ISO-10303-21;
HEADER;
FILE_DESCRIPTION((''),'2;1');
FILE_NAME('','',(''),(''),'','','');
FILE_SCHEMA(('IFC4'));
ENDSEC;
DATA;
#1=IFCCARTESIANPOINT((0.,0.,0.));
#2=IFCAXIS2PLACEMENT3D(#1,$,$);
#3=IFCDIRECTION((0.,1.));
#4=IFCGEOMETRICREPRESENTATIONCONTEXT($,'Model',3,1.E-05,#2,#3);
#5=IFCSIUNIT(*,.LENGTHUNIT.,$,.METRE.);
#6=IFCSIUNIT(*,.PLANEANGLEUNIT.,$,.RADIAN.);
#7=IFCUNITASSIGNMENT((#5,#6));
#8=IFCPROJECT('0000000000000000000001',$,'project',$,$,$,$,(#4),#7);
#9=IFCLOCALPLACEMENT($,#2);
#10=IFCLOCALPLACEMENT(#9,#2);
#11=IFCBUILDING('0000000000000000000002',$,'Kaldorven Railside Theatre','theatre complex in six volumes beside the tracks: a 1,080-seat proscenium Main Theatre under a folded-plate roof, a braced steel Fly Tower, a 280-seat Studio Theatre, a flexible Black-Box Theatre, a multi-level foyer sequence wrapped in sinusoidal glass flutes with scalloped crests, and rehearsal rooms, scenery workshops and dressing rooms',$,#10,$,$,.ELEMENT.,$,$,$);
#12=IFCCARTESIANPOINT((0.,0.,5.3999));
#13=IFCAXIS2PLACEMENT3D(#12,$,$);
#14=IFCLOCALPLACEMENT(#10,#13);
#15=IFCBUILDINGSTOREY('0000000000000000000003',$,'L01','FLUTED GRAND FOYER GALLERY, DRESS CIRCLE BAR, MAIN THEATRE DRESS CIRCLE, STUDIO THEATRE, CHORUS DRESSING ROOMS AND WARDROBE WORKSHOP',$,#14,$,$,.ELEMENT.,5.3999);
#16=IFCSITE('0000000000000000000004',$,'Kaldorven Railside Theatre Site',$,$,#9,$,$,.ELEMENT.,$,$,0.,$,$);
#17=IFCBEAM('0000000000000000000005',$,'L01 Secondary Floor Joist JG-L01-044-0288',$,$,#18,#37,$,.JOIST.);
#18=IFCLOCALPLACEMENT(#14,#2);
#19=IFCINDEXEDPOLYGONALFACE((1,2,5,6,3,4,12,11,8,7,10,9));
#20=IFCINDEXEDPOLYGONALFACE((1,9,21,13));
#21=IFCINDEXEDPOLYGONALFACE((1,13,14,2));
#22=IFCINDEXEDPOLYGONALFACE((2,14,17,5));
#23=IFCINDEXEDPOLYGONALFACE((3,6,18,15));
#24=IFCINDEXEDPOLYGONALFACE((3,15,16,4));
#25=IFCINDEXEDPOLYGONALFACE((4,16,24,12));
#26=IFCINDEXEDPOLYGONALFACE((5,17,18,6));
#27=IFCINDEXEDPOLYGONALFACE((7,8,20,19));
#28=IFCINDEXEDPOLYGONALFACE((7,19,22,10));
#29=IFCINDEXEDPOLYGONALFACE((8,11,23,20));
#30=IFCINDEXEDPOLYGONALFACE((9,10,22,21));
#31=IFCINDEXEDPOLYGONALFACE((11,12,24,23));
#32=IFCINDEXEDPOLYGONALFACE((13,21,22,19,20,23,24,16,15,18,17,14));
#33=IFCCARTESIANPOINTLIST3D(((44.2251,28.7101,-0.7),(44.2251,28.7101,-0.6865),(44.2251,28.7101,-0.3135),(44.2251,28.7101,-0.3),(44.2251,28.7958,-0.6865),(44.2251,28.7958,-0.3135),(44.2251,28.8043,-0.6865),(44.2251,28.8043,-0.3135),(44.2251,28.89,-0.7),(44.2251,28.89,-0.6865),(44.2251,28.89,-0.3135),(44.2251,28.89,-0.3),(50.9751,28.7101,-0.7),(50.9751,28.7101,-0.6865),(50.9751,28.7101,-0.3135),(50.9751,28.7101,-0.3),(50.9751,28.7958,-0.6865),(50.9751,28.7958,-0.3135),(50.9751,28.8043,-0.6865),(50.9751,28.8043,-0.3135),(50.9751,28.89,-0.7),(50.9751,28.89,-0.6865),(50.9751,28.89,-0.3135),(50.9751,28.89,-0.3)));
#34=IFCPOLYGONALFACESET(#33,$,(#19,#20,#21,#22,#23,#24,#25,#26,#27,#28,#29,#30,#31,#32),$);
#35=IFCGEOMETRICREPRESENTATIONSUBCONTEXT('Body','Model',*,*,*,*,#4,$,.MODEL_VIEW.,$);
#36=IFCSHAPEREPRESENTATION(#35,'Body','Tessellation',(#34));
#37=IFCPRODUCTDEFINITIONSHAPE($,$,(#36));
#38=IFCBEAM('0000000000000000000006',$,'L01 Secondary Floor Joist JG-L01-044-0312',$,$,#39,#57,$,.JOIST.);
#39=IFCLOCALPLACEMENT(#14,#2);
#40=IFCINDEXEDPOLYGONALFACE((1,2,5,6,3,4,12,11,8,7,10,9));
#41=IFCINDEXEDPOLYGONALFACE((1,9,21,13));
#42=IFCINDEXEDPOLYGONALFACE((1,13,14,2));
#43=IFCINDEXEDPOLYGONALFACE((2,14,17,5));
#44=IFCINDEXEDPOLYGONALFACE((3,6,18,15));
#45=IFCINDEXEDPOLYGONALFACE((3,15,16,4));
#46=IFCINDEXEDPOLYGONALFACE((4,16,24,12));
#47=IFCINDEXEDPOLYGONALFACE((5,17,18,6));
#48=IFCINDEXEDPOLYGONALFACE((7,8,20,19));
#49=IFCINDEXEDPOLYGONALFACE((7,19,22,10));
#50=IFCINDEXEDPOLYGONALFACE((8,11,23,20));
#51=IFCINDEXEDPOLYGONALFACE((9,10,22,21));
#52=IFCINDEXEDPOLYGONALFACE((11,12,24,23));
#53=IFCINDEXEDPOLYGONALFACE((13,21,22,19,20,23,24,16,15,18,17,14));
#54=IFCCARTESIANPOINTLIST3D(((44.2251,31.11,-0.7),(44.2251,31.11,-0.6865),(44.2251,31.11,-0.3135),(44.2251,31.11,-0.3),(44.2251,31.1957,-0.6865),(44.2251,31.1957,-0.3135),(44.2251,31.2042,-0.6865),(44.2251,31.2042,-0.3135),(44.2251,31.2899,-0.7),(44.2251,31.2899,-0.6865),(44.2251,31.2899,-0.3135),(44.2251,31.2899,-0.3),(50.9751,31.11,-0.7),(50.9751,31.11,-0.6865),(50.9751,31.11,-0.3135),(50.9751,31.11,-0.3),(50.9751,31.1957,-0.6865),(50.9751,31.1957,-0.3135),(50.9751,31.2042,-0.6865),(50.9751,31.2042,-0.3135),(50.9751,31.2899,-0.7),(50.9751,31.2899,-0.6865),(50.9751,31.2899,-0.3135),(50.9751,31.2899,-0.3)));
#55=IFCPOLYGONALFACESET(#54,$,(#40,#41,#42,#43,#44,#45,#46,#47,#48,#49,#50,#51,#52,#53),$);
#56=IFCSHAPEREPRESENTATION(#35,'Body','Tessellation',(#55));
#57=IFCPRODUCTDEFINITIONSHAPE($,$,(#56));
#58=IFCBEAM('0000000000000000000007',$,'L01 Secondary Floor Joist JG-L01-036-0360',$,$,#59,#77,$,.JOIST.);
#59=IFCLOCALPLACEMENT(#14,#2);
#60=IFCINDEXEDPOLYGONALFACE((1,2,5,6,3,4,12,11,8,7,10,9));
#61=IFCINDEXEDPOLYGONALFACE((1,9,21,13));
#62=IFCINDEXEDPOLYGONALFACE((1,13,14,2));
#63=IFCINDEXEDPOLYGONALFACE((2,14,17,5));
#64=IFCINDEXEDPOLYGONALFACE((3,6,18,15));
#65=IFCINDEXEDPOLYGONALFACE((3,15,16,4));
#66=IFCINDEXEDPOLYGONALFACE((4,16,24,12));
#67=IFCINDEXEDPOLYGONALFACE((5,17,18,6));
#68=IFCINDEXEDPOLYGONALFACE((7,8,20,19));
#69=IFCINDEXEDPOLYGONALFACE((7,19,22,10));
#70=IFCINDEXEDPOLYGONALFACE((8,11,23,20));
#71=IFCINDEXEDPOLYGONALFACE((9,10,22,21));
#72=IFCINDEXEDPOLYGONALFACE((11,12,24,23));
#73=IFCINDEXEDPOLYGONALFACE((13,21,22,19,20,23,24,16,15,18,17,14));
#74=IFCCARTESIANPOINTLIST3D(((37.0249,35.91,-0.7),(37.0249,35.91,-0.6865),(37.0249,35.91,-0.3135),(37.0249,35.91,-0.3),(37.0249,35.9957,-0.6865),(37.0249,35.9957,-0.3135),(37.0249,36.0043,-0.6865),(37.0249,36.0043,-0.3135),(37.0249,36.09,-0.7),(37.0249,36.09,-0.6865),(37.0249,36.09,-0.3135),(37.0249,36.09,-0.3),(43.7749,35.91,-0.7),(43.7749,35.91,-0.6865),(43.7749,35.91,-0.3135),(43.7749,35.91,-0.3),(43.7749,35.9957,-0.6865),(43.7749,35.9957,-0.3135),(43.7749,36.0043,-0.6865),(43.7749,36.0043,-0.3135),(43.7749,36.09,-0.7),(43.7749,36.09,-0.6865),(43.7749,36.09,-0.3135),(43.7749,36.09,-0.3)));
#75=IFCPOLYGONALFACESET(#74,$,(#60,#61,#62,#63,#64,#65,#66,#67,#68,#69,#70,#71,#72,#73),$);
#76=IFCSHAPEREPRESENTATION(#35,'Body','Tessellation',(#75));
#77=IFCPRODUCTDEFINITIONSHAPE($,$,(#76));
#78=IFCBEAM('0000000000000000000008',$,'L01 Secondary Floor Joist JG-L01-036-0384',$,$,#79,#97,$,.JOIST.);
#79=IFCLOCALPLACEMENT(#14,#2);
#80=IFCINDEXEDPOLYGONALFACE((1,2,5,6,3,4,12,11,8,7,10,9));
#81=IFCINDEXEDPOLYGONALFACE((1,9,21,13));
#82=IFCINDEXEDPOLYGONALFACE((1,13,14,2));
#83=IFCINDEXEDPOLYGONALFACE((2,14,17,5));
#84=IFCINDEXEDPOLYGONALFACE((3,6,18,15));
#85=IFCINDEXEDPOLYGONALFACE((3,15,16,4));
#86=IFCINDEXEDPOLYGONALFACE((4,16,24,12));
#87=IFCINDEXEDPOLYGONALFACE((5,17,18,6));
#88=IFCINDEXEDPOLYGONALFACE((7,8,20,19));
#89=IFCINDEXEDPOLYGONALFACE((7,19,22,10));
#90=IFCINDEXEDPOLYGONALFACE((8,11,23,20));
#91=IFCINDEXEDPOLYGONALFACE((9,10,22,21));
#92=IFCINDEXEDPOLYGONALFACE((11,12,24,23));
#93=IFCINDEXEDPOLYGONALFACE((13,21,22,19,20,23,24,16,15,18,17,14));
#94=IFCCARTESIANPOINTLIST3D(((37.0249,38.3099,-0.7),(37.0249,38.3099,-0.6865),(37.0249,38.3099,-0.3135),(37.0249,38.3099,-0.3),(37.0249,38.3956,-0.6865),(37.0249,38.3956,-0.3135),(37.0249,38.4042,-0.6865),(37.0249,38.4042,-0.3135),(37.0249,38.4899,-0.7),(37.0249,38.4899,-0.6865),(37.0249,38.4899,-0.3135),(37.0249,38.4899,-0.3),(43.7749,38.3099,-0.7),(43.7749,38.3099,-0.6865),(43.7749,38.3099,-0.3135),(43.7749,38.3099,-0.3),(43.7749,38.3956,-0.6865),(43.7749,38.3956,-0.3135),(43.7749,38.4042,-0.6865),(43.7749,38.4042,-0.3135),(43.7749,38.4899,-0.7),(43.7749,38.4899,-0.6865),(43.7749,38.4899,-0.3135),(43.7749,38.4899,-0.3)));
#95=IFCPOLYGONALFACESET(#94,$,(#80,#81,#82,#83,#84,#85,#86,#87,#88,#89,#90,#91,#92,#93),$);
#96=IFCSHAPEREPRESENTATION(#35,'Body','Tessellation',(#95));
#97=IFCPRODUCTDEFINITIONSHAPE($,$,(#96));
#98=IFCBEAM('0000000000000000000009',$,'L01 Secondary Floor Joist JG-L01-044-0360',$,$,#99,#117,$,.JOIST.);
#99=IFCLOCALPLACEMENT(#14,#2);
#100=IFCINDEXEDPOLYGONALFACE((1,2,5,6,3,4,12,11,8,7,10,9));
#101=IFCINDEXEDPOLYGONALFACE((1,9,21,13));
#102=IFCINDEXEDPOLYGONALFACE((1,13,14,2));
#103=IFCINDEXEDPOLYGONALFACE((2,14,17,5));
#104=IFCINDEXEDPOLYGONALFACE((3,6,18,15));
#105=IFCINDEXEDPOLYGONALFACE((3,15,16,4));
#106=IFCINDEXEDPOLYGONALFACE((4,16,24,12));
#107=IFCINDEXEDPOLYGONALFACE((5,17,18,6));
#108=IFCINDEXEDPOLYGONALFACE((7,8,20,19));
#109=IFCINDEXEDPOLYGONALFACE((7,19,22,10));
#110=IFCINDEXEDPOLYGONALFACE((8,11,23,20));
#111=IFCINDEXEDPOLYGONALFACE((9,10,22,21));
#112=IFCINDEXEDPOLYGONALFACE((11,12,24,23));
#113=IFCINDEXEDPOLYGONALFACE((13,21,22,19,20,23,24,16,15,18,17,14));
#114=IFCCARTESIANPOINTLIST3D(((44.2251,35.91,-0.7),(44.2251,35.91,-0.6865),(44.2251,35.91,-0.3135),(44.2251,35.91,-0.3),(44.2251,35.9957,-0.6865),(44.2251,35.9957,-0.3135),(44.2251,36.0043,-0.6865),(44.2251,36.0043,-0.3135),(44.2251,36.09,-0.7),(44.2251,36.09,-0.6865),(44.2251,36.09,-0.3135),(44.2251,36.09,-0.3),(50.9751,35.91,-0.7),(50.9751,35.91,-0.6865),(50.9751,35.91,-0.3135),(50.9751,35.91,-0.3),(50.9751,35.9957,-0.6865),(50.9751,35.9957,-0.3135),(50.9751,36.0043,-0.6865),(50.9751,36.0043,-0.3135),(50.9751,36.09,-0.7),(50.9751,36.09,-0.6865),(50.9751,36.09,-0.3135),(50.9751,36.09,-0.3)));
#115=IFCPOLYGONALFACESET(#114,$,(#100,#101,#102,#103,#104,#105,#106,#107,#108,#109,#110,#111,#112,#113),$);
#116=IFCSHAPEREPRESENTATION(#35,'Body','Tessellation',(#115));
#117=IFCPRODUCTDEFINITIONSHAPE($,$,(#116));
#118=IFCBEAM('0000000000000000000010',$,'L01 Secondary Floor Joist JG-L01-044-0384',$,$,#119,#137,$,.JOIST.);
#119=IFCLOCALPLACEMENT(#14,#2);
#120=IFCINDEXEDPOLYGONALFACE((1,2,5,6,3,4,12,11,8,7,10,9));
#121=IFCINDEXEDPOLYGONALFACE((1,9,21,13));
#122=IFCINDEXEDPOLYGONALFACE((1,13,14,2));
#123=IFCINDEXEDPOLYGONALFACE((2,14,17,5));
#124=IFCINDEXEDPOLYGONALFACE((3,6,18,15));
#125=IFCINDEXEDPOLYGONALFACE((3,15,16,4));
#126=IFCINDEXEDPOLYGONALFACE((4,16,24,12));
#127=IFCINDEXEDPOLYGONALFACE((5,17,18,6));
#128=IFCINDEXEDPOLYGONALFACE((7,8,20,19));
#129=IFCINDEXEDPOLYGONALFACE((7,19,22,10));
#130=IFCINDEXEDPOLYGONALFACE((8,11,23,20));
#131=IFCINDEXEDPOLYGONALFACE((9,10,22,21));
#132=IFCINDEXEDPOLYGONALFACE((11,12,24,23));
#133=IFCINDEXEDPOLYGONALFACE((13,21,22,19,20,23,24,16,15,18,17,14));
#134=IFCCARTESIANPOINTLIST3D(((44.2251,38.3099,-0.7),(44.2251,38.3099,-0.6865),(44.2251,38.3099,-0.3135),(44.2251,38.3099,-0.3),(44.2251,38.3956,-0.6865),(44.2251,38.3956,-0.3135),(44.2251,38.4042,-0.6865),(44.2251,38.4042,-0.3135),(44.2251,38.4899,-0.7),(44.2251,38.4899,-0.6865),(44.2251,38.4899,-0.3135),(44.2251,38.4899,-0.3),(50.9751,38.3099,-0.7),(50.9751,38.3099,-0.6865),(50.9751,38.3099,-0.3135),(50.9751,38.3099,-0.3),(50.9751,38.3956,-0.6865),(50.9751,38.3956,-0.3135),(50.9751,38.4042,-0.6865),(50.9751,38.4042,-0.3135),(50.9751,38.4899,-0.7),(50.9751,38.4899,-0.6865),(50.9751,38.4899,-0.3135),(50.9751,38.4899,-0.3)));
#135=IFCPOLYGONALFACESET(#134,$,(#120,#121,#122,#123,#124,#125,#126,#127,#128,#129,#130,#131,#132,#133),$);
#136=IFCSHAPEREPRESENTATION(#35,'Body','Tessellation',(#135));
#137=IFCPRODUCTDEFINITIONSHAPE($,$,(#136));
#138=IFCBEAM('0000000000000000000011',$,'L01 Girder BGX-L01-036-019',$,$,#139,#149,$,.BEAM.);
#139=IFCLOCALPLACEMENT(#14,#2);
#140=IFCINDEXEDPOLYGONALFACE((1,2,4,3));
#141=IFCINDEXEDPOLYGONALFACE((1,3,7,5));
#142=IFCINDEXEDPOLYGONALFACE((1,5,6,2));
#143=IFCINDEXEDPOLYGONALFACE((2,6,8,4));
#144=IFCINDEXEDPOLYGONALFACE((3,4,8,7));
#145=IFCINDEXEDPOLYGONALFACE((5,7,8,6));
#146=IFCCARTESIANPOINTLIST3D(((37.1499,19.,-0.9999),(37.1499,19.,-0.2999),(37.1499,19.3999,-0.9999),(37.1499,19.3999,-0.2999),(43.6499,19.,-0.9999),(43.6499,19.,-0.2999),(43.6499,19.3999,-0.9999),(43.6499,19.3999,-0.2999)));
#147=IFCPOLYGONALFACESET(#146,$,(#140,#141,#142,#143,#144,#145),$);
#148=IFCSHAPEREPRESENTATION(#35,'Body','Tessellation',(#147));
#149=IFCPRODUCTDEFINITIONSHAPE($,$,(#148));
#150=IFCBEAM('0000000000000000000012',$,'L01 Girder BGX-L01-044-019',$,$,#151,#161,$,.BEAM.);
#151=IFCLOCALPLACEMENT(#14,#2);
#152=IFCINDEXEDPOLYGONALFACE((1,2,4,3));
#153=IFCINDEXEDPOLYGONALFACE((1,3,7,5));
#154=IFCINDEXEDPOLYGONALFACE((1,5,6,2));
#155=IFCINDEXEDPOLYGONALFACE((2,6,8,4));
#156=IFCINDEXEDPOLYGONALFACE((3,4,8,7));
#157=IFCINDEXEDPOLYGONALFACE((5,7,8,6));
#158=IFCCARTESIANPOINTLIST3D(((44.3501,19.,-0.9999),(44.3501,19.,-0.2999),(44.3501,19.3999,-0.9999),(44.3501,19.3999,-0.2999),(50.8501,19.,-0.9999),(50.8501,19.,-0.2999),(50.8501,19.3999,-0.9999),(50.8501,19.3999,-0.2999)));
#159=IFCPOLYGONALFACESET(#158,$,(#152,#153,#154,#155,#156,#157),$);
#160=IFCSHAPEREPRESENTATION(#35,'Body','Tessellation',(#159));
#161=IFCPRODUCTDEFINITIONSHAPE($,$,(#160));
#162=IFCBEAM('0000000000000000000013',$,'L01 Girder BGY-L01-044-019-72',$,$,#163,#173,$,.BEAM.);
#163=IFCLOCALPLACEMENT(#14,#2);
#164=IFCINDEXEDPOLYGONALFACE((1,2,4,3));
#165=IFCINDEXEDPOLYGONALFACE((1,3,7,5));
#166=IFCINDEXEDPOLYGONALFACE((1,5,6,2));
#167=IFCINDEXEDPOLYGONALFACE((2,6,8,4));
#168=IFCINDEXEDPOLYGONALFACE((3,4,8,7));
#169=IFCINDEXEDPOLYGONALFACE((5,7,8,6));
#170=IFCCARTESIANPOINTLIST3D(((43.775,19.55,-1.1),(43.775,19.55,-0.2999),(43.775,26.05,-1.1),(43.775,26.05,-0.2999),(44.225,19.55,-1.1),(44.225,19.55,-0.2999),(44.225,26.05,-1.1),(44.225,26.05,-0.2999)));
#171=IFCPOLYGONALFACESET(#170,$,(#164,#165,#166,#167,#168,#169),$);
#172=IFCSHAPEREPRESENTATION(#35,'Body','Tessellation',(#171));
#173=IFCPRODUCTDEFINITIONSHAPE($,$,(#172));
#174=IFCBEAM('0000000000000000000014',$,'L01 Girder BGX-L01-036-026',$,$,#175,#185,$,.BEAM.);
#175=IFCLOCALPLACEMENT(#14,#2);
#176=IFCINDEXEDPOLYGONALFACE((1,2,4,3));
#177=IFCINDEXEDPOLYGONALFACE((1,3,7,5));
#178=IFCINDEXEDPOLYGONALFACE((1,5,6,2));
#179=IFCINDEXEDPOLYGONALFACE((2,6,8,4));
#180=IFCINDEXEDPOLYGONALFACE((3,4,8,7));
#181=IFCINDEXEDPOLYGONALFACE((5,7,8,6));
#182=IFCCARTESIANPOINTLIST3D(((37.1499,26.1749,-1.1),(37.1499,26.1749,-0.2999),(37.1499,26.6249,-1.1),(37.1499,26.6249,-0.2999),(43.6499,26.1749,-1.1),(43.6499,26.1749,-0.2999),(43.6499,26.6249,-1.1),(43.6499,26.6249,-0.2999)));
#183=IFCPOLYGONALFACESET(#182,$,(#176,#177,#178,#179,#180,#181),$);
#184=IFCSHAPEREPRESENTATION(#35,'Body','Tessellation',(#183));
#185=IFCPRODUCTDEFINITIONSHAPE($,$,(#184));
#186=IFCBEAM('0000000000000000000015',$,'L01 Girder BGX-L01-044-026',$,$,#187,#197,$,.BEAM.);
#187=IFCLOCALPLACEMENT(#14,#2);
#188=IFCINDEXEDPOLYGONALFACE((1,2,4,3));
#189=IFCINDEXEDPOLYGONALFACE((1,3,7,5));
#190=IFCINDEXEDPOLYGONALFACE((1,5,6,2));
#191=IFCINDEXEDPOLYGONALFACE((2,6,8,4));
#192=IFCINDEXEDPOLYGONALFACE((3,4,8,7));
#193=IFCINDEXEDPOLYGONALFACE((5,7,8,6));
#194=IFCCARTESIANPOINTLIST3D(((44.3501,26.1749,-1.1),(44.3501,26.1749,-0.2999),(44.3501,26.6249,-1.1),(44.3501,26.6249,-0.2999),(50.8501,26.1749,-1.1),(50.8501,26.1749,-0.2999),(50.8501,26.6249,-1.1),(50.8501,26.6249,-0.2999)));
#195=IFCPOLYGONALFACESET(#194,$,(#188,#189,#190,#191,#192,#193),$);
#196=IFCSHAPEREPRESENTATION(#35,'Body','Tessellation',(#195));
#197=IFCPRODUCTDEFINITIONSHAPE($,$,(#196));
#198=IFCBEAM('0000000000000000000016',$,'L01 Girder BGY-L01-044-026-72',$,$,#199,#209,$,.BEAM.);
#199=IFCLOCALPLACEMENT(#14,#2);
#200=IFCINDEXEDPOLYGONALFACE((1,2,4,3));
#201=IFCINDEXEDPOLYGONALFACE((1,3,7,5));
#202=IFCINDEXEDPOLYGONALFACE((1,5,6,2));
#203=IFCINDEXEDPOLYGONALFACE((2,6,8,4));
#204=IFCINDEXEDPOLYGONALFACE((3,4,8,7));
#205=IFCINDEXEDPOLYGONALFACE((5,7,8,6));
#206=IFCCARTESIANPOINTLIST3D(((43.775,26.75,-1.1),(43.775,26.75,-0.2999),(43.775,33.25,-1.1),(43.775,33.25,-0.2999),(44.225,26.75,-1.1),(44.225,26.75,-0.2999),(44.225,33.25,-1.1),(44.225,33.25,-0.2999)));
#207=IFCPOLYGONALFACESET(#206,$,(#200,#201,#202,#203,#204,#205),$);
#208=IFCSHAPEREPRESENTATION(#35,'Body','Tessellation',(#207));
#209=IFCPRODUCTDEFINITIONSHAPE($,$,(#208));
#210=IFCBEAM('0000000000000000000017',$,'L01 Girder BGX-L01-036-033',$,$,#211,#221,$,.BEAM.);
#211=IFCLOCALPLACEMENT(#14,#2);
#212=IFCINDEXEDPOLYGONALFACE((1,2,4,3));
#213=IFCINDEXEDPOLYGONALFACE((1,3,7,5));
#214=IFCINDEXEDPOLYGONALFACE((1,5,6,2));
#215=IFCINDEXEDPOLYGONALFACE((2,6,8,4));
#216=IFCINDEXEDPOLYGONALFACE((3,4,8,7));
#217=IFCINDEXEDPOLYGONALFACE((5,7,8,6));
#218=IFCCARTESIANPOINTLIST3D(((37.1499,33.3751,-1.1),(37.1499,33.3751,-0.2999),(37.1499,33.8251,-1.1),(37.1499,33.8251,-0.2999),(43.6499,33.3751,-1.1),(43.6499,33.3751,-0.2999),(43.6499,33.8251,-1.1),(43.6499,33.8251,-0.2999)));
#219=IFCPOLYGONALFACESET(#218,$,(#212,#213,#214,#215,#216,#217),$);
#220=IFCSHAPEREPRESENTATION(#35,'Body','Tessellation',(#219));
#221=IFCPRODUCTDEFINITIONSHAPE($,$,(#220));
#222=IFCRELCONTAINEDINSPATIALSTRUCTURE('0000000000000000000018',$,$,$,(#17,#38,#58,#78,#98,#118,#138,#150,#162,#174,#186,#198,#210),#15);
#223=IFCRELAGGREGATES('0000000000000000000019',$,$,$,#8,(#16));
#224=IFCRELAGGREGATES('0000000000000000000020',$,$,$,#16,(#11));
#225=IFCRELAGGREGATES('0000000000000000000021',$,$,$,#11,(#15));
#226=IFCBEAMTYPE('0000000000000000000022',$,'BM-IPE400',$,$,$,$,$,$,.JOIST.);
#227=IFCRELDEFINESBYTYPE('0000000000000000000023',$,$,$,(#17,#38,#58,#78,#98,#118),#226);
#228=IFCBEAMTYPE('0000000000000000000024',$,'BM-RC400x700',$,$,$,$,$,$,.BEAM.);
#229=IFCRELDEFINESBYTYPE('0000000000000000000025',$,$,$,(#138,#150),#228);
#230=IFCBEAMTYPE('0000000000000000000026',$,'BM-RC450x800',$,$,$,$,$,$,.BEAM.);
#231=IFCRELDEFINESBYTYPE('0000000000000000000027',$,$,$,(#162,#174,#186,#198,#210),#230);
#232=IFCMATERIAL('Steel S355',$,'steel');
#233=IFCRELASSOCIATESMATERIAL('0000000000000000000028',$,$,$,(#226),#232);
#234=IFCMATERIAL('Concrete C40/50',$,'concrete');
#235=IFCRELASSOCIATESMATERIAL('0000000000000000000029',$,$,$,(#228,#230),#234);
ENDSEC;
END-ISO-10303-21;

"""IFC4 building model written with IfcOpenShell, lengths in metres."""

from ifc_helpers import new_model, si_unit, direction, frame, origin, origin_2d, place, context, subcontext, project, spatial, rectangle, i_section, extrude, material, material_profile, profile_set, type_object, element, save


model = new_model("IFC4")

# Units and contexts
model_context = context("Model", 3, precision=1e-05, world=origin(), true_north=direction((0.0, 1.0)))
body_context = subcontext(model_context, "Body", "Model", "MODEL_VIEW")
ifc_project = project(units=[si_unit("LENGTHUNIT", "METRE"), si_unit("PLANEANGLEUNIT", "RADIAN")], contexts=[model_context])

# Site, building, storey
site_placement = place(None, origin())
site = spatial("IfcSite", under=ifc_project, at=site_placement, Name="Kaldorven Railside Theatre Site", CompositionType="ELEMENT", RefElevation=0.0)
building_placement = place(site_placement, origin())
building = spatial("IfcBuilding", under=site, at=building_placement, Name="Kaldorven Railside Theatre", Description="theatre complex in six volumes beside the tracks: a 1,080-seat proscenium Main Theatre under a folded-plate roof, a braced steel Fly Tower, a 280-seat Studio Theatre, a flexible Black-Box Theatre, a multi-level foyer sequence wrapped in sinusoidal glass flutes with scalloped crests, and rehearsal rooms, scenery workshops and dressing rooms", CompositionType="ELEMENT")
storey_placement = place(building_placement, frame((0.0, 0.0, 5.3999)))
storey = spatial("IfcBuildingStorey", under=building, at=storey_placement, Name="L01", Description="FLUTED GRAND FOYER GALLERY, DRESS CIRCLE BAR, MAIN THEATRE DRESS CIRCLE, STUDIO THEATRE, CHORUS DRESSING ROOMS AND WARDROBE WORKSHOP", CompositionType="ELEMENT", Elevation=5.3999)

# Shared definitions
ifc_material_1 = material(Name="Concrete C40/50", Category="concrete")

# Beams
ifc_material_2 = material(Name="Steel S355", Category="steel")
ifc_material_profile_1 = material_profile(ifc_material_2, i_section(OverallWidth=0.1799, OverallDepth=0.3999, WebThickness=0.0085, FlangeThickness=0.0134, at=origin_2d()), Name="IPE 400")
ifc_profile_set_1 = profile_set([ifc_material_profile_1], Name="Steel S355")
beam_type_1 = type_object("IfcBeamType", Name="BM-IPE400", PredefinedType="JOIST", material=ifc_profile_set_1)
for number, where, z_axis, x_axis, name in (
    (1, (44.2251, 28.8, -0.5), (1.0, 0.0, 0.0), (0.0, 1.0, 0.0), "L01 Secondary Floor Joist JG-L01-044-0288"),
    (2, (44.2251, 31.2, -0.5), (1.0, 0.0, 0.0), (0.0, 1.0, 0.0), "L01 Secondary Floor Joist JG-L01-044-0312"),
    (3, (37.0249, 36.0, -0.5), (1.0, 0.0, 0.0), (0.0, 1.0, 0.0), "L01 Secondary Floor Joist JG-L01-036-0360"),
    (4, (37.0249, 38.3999, -0.5), (1.0, 0.0, 0.0), (0.0, 1.0, 0.0), "L01 Secondary Floor Joist JG-L01-036-0384"),
    (5, (44.2251, 36.0, -0.5), (1.0, 0.0, 0.0), (0.0, 1.0, 0.0), "L01 Secondary Floor Joist JG-L01-044-0360"),
    (6, (44.2251, 38.3999, -0.5), (1.0, 0.0, 0.0), (0.0, 1.0, 0.0), "L01 Secondary Floor Joist JG-L01-044-0384"),
):
    element("IfcBeam", number, at=place(storey_placement, frame(where, z_axis=z_axis, x_axis=x_axis)), inside=storey, type_object=beam_type_1, Name=name, PredefinedType="JOIST", context=body_context, shape_type="SweptSolid", body=[
        extrude(i_section(OverallWidth=0.1799, OverallDepth=0.3999, WebThickness=0.0085, FlangeThickness=0.0134, at=origin_2d()), origin(), (0.0, 0.0, 1.0), 6.75),
    ])
ifc_material_profile_2 = material_profile(ifc_material_1, rectangle(XDim=0.3999, YDim=0.7, at=origin_2d()), Name="RC 400x700")
ifc_profile_set_2 = profile_set([ifc_material_profile_2], Name="Concrete C40/50")
beam_type_2 = type_object("IfcBeamType", Name="BM-RC400x700", PredefinedType="BEAM", material=ifc_profile_set_2)
for number, where, z_axis, x_axis, name in (
    (7, (37.1499, 19.2, -0.6499), (1.0, 0.0, 0.0), (0.0, 1.0, 0.0), "L01 Girder BGX-L01-036-019"),
    (8, (44.3501, 19.2, -0.6499), (1.0, 0.0, 0.0), (0.0, 1.0, 0.0), "L01 Girder BGX-L01-044-019"),
):
    element("IfcBeam", number, at=place(storey_placement, frame(where, z_axis=z_axis, x_axis=x_axis)), inside=storey, type_object=beam_type_2, Name=name, PredefinedType="BEAM", context=body_context, shape_type="SweptSolid", body=[
        extrude(rectangle(XDim=0.3999, YDim=0.7, at=origin_2d()), origin(), (0.0, 0.0, 1.0), 6.5),
    ])
ifc_material_profile_3 = material_profile(ifc_material_1, rectangle(XDim=0.45, YDim=0.8, at=origin_2d()), Name="RC 450x800")
ifc_profile_set_3 = profile_set([ifc_material_profile_3], Name="Concrete C40/50")
beam_type_3 = type_object("IfcBeamType", Name="BM-RC450x800", PredefinedType="BEAM", material=ifc_profile_set_3)
for number, where, z_axis, x_axis, name in (
    (9, (44.0, 19.55, -0.7), (0.0, 1.0, 0.0), (-1.0, 0.0, 0.0), "L01 Girder BGY-L01-044-019-72"),
    (10, (37.1499, 26.3999, -0.7), (1.0, 0.0, 0.0), (0.0, 1.0, 0.0), "L01 Girder BGX-L01-036-026"),
    (11, (44.3501, 26.3999, -0.7), (1.0, 0.0, 0.0), (0.0, 1.0, 0.0), "L01 Girder BGX-L01-044-026"),
    (12, (44.0, 26.75, -0.7), (0.0, 1.0, 0.0), (-1.0, 0.0, 0.0), "L01 Girder BGY-L01-044-026-72"),
    (13, (37.1499, 33.6001, -0.7), (1.0, 0.0, 0.0), (0.0, 1.0, 0.0), "L01 Girder BGX-L01-036-033"),
):
    element("IfcBeam", number, at=place(storey_placement, frame(where, z_axis=z_axis, x_axis=x_axis)), inside=storey, type_object=beam_type_3, Name=name, PredefinedType="BEAM", context=body_context, shape_type="SweptSolid", body=[
        extrude(rectangle(XDim=0.45, YDim=0.8, at=origin_2d()), origin(), (0.0, 0.0, 1.0), 6.5),
    ])

save(model, "model.ifc")
